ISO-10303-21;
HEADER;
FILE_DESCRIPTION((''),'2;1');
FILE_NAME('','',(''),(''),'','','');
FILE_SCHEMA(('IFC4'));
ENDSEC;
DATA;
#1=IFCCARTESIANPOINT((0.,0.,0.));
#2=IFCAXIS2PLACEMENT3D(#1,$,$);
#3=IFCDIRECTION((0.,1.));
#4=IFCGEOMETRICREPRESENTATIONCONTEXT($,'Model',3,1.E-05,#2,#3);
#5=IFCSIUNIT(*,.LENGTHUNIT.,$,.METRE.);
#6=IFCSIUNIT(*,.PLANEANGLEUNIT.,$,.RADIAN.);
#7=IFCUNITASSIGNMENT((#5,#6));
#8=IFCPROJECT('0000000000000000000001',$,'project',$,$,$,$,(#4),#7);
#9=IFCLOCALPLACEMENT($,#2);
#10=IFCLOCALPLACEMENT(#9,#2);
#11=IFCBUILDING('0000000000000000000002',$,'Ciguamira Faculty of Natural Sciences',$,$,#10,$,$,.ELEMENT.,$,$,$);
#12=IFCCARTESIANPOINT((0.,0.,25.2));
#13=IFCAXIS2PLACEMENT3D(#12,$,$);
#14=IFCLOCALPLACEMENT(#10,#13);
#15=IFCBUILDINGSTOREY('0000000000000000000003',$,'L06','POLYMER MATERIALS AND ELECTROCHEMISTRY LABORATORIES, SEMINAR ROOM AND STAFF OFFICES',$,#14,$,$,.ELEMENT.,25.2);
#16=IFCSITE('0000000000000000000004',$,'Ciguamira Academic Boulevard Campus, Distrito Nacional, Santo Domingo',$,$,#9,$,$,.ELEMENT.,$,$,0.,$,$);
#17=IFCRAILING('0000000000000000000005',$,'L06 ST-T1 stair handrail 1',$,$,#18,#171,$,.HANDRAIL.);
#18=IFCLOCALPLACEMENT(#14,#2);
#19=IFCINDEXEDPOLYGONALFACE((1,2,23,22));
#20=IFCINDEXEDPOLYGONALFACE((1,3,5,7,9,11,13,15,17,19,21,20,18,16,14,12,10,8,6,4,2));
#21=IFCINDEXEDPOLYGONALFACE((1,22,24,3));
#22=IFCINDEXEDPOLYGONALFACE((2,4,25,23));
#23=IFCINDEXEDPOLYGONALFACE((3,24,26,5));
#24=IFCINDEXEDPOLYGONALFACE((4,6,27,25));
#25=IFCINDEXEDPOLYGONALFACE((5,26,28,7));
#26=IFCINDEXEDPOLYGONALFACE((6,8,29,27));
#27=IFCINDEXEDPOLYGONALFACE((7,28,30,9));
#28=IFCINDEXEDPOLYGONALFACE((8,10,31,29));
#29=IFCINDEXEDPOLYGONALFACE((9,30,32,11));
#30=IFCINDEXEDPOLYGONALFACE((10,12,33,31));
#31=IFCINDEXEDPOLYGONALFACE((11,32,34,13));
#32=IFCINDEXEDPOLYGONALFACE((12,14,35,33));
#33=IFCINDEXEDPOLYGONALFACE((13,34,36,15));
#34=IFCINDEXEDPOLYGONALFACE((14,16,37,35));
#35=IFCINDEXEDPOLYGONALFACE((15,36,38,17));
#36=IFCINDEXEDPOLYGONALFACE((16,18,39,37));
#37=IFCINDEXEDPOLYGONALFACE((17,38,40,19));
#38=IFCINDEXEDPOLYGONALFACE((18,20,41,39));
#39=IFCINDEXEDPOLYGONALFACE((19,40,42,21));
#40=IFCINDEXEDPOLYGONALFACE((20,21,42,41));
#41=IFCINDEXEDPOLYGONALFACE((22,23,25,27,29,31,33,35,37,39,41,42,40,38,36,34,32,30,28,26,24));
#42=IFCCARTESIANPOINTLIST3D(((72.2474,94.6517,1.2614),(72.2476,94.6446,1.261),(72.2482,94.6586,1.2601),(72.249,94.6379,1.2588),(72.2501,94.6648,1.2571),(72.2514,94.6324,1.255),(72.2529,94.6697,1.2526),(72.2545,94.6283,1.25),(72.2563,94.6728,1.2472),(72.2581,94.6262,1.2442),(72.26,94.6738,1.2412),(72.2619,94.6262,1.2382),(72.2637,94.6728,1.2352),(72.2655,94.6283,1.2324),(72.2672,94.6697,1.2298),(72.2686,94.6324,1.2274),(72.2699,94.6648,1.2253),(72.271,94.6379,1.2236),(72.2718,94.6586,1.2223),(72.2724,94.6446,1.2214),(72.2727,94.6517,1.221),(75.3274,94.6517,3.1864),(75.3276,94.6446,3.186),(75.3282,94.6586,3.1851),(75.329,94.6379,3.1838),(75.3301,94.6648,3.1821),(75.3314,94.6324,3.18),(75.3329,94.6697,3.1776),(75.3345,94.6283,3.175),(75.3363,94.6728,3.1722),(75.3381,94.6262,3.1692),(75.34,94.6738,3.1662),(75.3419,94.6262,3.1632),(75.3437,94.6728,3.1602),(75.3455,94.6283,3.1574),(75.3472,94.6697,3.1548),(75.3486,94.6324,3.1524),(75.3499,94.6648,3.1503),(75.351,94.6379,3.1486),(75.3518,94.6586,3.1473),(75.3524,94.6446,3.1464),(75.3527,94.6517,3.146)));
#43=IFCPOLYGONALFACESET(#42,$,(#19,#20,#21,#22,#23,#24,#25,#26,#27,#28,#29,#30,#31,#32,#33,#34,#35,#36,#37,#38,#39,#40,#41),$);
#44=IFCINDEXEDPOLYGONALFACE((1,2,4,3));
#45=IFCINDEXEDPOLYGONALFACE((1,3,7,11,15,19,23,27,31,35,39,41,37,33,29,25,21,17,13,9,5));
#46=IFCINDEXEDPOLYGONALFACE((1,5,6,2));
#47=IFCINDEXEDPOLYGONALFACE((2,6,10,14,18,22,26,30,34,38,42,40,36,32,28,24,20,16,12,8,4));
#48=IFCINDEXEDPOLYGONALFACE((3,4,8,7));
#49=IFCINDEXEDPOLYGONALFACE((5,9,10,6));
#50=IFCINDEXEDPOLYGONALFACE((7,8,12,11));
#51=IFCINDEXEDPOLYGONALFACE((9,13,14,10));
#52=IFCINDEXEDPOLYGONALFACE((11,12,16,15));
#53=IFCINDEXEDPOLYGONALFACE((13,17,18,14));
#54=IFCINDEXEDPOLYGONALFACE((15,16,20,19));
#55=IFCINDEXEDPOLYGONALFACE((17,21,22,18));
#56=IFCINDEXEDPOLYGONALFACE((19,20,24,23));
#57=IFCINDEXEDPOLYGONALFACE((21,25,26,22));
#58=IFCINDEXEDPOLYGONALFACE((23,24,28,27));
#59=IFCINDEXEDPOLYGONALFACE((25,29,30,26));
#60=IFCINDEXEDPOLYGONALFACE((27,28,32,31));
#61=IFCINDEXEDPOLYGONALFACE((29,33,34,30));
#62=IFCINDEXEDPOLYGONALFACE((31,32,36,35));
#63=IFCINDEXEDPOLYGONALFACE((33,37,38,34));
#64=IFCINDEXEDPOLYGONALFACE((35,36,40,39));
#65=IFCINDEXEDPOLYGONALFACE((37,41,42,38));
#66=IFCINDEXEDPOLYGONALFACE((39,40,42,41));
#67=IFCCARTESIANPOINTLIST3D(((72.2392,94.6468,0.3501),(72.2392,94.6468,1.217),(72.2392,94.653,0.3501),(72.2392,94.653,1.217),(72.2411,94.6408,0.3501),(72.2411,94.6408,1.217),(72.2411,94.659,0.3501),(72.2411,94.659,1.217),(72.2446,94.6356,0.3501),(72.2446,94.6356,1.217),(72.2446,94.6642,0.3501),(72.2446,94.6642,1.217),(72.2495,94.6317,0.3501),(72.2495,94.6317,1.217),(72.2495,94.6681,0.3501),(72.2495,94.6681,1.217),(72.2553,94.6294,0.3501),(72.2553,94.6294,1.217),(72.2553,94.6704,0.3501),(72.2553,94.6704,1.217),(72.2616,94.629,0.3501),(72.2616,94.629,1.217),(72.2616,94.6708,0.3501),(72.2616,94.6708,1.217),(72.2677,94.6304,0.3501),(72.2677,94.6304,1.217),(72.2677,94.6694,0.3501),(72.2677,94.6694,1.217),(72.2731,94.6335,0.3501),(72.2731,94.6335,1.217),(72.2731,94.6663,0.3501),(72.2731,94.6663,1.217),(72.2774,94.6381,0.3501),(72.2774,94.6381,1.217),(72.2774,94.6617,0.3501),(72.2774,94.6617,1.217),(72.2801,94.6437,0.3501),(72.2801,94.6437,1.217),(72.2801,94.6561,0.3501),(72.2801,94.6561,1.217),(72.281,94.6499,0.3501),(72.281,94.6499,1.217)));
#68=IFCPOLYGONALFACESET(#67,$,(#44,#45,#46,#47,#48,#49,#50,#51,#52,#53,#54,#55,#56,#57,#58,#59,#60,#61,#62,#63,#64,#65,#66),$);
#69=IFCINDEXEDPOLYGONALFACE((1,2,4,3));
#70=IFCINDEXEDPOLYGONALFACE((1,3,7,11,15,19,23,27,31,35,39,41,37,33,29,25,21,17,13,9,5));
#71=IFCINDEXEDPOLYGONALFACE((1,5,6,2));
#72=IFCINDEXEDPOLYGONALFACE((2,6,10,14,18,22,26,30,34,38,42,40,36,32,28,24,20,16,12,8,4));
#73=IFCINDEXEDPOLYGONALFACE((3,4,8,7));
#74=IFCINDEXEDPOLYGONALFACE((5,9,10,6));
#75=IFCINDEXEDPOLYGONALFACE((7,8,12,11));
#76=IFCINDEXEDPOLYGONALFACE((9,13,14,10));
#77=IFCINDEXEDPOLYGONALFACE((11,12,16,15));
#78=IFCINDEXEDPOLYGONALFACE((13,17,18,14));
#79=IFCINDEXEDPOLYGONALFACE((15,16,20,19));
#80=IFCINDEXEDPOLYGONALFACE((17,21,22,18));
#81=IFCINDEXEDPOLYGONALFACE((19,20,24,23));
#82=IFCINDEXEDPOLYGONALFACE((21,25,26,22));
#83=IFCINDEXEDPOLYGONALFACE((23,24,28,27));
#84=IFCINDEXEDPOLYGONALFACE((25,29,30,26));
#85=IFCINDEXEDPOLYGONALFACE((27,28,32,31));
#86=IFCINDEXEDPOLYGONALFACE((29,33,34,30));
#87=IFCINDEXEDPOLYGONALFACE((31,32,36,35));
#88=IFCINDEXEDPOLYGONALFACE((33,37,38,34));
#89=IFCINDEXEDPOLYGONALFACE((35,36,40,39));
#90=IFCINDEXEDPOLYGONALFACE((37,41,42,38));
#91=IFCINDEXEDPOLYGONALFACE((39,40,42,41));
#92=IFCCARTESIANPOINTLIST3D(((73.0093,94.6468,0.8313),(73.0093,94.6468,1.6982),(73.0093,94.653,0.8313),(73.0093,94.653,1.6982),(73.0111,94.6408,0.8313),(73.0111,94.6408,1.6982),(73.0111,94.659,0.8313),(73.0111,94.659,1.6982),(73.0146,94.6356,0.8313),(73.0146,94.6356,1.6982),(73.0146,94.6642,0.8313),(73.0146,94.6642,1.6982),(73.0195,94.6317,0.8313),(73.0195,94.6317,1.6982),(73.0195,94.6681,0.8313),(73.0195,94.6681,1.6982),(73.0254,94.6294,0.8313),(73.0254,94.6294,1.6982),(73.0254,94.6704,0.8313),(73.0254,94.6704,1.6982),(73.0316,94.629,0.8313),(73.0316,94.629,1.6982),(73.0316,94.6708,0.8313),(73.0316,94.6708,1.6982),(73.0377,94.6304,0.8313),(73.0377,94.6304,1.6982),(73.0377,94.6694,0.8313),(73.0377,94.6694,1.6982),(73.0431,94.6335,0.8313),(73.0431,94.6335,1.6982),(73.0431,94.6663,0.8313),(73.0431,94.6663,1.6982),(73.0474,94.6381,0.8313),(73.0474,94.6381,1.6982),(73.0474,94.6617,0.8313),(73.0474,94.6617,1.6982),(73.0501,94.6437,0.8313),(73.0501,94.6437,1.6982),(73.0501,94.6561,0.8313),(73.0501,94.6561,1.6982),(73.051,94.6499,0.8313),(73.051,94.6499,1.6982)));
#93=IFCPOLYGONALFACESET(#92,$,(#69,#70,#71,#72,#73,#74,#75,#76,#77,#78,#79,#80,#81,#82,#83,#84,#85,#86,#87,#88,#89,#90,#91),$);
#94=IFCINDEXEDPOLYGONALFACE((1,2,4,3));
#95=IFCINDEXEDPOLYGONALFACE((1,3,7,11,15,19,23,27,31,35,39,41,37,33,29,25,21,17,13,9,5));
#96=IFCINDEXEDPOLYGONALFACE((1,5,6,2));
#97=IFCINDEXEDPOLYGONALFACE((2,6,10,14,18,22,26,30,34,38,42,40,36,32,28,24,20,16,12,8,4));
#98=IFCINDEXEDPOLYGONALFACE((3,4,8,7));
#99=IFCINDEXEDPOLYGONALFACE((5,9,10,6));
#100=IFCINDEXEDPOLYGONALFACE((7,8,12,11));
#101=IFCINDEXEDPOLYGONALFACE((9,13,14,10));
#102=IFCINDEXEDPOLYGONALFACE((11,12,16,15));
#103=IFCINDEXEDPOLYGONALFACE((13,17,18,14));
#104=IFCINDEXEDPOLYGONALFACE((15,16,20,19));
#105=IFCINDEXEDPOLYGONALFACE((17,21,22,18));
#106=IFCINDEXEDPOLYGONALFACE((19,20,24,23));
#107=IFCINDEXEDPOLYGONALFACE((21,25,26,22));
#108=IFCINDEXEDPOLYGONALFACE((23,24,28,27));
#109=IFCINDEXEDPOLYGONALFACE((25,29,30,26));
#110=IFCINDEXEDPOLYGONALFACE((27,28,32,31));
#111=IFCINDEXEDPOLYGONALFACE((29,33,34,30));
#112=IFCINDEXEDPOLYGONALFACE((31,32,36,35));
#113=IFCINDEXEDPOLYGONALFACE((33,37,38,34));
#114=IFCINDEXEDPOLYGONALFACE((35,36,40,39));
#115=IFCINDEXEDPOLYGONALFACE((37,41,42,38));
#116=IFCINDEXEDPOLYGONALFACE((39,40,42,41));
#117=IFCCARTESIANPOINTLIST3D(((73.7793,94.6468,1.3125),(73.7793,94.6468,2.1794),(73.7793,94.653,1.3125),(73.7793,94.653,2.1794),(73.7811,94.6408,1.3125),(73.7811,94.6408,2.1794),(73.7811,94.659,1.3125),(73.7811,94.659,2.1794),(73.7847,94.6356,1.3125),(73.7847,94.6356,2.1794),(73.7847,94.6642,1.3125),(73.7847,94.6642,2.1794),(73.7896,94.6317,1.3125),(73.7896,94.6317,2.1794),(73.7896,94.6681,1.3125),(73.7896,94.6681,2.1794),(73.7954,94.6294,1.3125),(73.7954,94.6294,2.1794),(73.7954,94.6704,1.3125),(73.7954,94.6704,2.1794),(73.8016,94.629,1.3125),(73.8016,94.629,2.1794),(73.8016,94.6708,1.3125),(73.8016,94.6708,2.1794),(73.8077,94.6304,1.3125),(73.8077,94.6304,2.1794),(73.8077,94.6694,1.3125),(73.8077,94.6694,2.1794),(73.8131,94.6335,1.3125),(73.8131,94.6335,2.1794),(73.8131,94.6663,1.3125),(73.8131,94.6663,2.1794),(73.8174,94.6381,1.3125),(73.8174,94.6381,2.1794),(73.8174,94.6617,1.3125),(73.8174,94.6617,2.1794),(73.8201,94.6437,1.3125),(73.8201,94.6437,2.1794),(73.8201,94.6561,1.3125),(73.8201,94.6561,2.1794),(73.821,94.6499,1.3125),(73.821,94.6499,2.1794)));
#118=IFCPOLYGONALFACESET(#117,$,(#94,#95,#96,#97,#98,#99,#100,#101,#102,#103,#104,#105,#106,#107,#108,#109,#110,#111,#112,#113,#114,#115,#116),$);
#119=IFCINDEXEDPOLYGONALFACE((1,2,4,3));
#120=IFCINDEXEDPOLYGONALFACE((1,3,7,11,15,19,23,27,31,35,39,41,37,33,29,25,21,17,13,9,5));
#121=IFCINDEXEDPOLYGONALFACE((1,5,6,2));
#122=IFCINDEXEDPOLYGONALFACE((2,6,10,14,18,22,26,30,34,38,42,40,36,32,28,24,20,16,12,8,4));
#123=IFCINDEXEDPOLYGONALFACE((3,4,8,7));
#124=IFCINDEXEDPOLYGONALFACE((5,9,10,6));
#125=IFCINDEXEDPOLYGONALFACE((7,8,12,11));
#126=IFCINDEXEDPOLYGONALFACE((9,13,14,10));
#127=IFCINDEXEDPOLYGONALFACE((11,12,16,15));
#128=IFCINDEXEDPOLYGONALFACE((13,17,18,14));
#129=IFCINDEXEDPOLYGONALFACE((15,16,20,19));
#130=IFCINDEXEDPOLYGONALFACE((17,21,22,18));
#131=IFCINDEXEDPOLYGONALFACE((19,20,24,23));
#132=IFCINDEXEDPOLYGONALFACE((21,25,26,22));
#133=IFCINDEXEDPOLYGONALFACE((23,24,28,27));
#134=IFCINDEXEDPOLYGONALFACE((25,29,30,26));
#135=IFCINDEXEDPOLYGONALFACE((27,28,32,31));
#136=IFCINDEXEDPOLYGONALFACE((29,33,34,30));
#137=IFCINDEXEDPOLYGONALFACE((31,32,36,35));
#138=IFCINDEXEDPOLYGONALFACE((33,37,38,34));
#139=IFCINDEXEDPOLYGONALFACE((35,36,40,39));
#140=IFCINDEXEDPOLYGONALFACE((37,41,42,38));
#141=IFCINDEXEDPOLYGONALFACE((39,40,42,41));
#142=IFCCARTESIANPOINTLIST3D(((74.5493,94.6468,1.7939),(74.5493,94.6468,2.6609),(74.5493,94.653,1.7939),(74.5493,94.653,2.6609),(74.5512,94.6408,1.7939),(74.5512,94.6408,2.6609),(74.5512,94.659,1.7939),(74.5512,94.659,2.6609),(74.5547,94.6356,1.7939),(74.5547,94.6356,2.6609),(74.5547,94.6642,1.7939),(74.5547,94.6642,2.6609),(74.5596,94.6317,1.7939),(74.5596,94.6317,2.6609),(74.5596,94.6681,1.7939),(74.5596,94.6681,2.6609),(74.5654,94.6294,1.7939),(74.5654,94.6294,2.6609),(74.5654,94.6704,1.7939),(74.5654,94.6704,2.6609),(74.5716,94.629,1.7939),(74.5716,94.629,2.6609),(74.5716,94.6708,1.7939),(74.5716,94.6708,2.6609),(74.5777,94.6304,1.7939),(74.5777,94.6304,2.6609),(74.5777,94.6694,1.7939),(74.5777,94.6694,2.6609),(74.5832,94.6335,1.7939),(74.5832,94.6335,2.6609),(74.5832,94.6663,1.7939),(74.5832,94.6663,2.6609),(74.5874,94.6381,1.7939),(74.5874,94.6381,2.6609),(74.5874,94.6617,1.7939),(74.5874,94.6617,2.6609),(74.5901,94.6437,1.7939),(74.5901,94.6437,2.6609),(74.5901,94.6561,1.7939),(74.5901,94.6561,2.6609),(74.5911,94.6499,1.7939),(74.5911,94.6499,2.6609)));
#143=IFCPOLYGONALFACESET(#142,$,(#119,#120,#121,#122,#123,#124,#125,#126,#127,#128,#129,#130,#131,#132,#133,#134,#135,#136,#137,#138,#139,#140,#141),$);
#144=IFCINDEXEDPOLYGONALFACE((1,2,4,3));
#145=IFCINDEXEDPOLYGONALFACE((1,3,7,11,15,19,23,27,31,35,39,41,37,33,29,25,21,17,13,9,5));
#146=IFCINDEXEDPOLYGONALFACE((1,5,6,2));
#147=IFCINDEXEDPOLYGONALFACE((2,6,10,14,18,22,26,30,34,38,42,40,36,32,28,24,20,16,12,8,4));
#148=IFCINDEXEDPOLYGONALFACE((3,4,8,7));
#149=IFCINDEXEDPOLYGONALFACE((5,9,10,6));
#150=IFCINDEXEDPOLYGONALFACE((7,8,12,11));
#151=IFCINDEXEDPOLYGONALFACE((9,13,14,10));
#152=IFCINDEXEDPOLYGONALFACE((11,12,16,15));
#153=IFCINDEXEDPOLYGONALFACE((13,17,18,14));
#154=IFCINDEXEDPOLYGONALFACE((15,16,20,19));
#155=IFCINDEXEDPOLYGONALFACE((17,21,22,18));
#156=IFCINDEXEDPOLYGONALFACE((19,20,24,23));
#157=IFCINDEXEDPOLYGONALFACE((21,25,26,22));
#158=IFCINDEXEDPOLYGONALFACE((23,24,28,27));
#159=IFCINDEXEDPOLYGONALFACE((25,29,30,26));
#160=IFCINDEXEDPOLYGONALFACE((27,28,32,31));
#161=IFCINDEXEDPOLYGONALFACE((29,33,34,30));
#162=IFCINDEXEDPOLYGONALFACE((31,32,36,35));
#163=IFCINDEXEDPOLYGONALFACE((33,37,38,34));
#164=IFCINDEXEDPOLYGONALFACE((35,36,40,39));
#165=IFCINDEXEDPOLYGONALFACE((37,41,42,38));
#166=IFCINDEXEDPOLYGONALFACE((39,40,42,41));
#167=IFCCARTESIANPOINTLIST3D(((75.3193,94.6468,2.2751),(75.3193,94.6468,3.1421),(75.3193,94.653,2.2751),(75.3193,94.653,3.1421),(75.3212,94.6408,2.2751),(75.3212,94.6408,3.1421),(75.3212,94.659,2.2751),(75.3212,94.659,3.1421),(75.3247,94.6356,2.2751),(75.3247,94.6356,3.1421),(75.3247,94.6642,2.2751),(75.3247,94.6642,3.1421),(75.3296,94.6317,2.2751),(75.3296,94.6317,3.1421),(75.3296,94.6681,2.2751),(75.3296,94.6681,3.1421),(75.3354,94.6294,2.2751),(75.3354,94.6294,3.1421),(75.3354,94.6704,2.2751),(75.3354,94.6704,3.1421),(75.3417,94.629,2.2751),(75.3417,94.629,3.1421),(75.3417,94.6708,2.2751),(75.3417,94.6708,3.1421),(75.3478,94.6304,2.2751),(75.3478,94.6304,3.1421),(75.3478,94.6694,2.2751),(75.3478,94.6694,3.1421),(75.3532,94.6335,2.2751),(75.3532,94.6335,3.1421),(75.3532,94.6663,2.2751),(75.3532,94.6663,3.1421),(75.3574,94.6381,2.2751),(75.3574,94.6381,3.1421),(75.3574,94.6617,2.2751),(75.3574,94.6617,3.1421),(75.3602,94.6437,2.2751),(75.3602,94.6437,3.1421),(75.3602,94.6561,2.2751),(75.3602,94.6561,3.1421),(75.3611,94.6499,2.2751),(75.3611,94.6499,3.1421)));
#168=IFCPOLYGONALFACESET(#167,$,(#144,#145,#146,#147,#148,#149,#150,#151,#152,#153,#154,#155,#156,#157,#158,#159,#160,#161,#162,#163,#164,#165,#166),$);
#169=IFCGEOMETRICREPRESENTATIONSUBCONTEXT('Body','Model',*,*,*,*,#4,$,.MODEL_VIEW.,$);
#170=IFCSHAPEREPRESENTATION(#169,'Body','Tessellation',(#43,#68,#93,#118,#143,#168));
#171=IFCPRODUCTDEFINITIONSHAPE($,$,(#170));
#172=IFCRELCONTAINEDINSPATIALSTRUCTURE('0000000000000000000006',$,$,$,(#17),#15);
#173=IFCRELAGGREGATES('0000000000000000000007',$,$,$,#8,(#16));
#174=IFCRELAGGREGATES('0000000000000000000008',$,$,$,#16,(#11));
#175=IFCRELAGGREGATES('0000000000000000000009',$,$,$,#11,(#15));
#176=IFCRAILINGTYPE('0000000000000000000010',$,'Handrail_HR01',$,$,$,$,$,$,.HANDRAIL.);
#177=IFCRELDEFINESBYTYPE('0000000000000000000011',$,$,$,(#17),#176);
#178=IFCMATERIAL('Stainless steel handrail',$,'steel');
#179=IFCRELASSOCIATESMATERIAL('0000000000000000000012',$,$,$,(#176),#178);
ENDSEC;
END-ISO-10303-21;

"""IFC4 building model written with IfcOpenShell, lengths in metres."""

from ifc_helpers import new_model, si_unit, direction, frame, origin, origin_2d, place, context, subcontext, project, spatial, circle, extrude, material, type_object, element, save


model = new_model("IFC4")

# Units and contexts
model_context = context("Model", 3, precision=1e-05, world=origin(), true_north=direction((0.0, 1.0)))
body_context = subcontext(model_context, "Body", "Model", "MODEL_VIEW")
ifc_project = project(units=[si_unit("LENGTHUNIT", "METRE"), si_unit("PLANEANGLEUNIT", "RADIAN")], contexts=[model_context])

# Site, building, storey
site_placement = place(None, origin())
site = spatial("IfcSite", under=ifc_project, at=site_placement, Name="Ciguamira Academic Boulevard Campus, Distrito Nacional, Santo Domingo", CompositionType="ELEMENT", RefElevation=0.0)
building_placement = place(site_placement, origin())
building = spatial("IfcBuilding", under=site, at=building_placement, Name="Ciguamira Faculty of Natural Sciences", CompositionType="ELEMENT")
storey_placement = place(building_placement, frame((0.0, 0.0, 25.2)))
storey = spatial("IfcBuildingStorey", under=building, at=storey_placement, Name="L06", Description="POLYMER MATERIALS AND ELECTROCHEMISTRY LABORATORIES, SEMINAR ROOM AND STAFF OFFICES", CompositionType="ELEMENT", Elevation=25.2)

# Railing
ifc_material_1 = material(Name="Stainless steel handrail", Category="steel")
railing_type_1 = type_object("IfcRailingType", Name="Handrail_HR01", PredefinedType="HANDRAIL", material=ifc_material_1)
railing_1_placement = place(storey_placement, frame((72.26, 94.6499, 0.3501)))
element("IfcRailing", 1, at=railing_1_placement, inside=storey, type_object=railing_type_1, Name="L06 ST-T1 stair handrail 1", PredefinedType="HANDRAIL", context=body_context, shape_type="SweptSolid", body=[
    extrude(circle(Radius=0.0239, at=origin_2d()), frame((0.0, 0.0, 0.8911), z_axis=(0.847998, 0.0, 0.529999), x_axis=(0.0, 1.0, 0.0)), (0.0, 0.0, 1.0), 3.6321),
    extrude(circle(Radius=0.021, at=origin_2d()), origin(), (0.0, 0.0, 1.0), 0.8669),
    extrude(circle(Radius=0.021, at=origin_2d()), frame((0.77, 0.0, 0.4812)), (0.0, 0.0, 1.0), 0.8669),
    extrude(circle(Radius=0.021, at=origin_2d()), frame((1.54, 0.0, 0.9624)), (0.0, 0.0, 1.0), 0.8669),
    extrude(circle(Radius=0.021, at=origin_2d()), frame((2.3101, 0.0, 1.4438)), (0.0, 0.0, 1.0), 0.8669),
    extrude(circle(Radius=0.021, at=origin_2d()), frame((3.0801, 0.0, 1.925)), (0.0, 0.0, 1.0), 0.8669),
])

save(model, "model.ifc")
